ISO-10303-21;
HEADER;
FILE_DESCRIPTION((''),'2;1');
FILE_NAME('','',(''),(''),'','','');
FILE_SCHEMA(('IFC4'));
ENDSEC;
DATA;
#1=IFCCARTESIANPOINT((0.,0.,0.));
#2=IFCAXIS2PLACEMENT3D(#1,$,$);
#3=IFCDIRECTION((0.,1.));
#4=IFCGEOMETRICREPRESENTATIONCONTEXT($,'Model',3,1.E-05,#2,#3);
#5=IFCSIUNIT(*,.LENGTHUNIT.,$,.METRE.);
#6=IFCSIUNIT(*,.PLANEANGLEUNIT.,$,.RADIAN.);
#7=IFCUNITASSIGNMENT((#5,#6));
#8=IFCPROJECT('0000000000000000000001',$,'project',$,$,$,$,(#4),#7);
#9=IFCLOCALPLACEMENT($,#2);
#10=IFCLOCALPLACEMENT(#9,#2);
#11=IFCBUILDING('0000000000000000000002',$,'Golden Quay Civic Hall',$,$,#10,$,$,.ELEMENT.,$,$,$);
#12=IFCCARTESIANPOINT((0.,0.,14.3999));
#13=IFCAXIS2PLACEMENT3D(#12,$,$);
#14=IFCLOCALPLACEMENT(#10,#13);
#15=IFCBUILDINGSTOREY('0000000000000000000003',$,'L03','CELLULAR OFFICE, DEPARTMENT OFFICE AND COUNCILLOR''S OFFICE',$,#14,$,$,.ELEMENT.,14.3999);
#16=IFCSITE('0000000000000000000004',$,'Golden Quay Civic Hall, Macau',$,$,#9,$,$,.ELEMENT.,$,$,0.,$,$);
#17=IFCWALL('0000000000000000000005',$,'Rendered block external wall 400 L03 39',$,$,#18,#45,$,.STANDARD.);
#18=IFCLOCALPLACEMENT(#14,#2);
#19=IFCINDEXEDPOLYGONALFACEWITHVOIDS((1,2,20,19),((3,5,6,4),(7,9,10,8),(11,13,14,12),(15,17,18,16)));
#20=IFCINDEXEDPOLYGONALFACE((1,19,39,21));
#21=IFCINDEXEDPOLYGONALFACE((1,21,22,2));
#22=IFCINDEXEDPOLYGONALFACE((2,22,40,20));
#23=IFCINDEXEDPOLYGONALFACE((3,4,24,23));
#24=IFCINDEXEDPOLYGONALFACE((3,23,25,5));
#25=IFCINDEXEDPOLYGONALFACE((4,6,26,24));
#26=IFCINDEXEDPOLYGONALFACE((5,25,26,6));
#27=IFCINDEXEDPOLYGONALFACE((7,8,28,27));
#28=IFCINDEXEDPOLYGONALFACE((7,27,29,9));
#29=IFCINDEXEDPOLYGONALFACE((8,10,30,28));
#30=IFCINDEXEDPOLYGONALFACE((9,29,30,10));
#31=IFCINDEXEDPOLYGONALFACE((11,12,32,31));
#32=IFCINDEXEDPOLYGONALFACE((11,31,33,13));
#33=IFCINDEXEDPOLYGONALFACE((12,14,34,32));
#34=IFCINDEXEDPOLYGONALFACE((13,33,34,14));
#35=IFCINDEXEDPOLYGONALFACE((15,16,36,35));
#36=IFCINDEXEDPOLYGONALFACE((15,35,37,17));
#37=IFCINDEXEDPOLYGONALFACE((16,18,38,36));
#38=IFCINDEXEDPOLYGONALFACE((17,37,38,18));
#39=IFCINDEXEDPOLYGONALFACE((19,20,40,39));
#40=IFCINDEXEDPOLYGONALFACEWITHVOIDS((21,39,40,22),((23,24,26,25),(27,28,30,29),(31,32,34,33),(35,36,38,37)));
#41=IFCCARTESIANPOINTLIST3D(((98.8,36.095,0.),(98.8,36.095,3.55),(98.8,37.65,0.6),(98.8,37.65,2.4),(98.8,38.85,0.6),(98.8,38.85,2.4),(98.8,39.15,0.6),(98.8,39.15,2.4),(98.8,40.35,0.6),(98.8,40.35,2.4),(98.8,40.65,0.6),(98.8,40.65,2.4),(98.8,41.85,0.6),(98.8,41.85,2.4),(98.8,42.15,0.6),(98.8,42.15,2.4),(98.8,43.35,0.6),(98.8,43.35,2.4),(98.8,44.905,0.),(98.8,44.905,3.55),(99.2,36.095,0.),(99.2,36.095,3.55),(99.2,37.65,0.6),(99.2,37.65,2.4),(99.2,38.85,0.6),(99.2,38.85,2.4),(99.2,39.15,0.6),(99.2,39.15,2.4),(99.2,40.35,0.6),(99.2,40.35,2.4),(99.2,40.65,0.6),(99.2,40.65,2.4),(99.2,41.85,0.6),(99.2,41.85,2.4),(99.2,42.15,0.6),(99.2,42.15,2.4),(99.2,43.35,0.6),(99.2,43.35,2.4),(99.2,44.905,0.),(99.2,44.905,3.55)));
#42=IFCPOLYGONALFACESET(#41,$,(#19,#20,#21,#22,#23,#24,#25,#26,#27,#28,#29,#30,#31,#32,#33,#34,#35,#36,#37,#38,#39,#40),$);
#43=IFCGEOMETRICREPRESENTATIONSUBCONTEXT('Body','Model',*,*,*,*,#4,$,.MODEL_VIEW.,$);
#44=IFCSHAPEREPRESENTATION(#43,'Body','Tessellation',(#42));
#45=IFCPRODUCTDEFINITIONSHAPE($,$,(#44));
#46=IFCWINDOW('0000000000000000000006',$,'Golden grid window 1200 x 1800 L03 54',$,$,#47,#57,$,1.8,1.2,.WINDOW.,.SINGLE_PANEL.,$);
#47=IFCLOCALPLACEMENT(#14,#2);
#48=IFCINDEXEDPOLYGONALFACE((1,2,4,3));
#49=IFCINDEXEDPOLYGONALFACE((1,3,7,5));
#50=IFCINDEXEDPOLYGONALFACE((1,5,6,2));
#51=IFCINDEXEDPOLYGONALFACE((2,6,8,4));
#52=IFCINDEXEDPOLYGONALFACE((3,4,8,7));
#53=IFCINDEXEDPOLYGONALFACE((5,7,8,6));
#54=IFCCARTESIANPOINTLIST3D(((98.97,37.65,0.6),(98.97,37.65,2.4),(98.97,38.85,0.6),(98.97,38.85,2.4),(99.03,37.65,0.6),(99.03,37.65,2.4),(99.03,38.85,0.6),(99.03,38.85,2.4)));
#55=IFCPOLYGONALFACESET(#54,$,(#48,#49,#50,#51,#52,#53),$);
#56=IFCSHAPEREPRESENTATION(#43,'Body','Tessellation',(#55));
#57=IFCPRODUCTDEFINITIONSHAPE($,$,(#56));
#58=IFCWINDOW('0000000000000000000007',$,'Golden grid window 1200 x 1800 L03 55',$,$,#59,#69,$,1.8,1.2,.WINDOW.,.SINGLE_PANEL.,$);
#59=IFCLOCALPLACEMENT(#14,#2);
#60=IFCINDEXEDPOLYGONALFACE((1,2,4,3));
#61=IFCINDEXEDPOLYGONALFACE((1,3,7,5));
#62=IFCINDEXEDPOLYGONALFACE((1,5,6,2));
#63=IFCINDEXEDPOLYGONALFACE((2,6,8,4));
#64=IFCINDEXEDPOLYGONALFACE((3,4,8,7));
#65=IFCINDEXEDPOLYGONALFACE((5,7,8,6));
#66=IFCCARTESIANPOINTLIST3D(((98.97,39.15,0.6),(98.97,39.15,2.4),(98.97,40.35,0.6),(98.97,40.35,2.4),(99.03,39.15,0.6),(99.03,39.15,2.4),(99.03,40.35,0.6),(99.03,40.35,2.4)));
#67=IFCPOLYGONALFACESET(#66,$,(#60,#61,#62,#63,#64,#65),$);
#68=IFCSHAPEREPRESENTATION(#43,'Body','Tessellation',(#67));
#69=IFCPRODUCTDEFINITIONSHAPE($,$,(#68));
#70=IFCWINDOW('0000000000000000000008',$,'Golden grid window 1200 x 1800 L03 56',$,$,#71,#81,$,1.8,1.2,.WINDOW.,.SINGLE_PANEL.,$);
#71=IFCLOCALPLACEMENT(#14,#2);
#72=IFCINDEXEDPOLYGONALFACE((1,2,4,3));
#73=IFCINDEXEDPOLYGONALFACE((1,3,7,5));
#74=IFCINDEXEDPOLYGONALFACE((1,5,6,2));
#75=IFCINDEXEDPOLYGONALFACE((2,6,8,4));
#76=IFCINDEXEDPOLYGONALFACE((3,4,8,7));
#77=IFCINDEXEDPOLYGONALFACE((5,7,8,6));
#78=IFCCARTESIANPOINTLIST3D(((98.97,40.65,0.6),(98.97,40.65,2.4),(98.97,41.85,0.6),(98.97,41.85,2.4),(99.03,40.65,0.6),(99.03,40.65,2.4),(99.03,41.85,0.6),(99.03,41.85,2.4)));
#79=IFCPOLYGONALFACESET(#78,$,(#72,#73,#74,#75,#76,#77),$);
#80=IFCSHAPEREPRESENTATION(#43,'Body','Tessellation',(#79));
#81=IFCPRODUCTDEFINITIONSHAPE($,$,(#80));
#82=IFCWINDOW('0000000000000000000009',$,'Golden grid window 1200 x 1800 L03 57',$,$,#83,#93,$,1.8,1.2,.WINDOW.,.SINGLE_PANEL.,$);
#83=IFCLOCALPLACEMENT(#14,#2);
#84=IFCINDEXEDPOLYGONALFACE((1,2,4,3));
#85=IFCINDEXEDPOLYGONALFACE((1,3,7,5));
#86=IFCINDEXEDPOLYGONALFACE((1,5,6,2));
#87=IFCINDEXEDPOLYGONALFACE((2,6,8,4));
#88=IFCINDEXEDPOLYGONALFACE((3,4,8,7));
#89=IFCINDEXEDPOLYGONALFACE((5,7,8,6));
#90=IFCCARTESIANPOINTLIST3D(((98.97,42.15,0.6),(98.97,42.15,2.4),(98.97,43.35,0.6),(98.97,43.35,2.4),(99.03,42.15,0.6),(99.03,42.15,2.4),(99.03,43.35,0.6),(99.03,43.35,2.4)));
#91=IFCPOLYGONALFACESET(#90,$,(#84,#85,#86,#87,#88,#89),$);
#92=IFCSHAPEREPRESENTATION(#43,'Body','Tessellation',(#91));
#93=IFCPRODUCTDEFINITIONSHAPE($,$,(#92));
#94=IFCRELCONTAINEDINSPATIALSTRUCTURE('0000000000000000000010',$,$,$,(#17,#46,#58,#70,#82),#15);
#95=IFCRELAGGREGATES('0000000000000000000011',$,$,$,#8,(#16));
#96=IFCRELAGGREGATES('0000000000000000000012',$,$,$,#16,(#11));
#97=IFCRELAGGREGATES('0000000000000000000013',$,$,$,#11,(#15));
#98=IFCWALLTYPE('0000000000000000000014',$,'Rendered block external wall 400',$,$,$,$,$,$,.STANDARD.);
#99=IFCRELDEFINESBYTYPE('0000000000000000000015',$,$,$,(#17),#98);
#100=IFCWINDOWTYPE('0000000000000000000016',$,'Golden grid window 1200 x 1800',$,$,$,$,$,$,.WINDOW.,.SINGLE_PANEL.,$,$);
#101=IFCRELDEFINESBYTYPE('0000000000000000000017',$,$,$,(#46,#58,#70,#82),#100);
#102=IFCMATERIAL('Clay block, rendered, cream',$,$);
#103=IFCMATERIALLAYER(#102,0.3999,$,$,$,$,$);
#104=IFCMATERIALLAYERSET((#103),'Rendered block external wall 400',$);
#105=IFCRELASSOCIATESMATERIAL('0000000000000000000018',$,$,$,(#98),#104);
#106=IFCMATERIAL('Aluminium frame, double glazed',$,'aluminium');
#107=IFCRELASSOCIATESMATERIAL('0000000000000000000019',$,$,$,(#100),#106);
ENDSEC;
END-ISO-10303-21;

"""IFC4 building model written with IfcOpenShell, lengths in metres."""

from ifc_helpers import new_model, si_unit, direction, frame, frame_2d, origin, place, context, subcontext, project, spatial, rectangle, extrude, material, layer, layer_set, type_object, element, fill, save


model = new_model("IFC4")

# Units and contexts
model_context = context("Model", 3, precision=1e-05, world=origin(), true_north=direction((0.0, 1.0)))
body_context = subcontext(model_context, "Body", "Model", "MODEL_VIEW")
ifc_project = project(units=[si_unit("LENGTHUNIT", "METRE"), si_unit("PLANEANGLEUNIT", "RADIAN")], contexts=[model_context])

# Site, building, storey
site_placement = place(None, origin())
site = spatial("IfcSite", under=ifc_project, at=site_placement, Name="Golden Quay Civic Hall, Macau", CompositionType="ELEMENT", RefElevation=0.0)
building_placement = place(site_placement, origin())
building = spatial("IfcBuilding", under=site, at=building_placement, Name="Golden Quay Civic Hall", CompositionType="ELEMENT")
storey_placement = place(building_placement, frame((0.0, 0.0, 14.3999)))
storey = spatial("IfcBuildingStorey", under=building, at=storey_placement, Name="L03", Description="CELLULAR OFFICE, DEPARTMENT OFFICE AND COUNCILLOR'S OFFICE", CompositionType="ELEMENT", Elevation=14.3999)

# Wall, openings, windows
ifc_material_1 = material(Name="Clay block, rendered, cream")
ifc_layer_1 = layer(ifc_material_1, 0.3999)
ifc_layer_set_1 = layer_set([ifc_layer_1], Name="Rendered block external wall 400")
wall_type = type_object("IfcWallType", Name="Rendered block external wall 400", PredefinedType="STANDARD", material=ifc_layer_set_1)
ifc_material_2 = material(Name="Aluminium frame, double glazed", Category="aluminium")
window_type = type_object("IfcWindowType", Name="Golden grid window 1200 x 1800", PartitioningType="SINGLE_PANEL", PredefinedType="WINDOW", material=ifc_material_2)
wall_1_placement = place(storey_placement, frame((99.0, 36.095, 0.0), z_axis=(0.0, 0.0, 1.0), x_axis=(0.0, 1.0, 0.0)))
wall_1 = element("IfcWall", 1, at=wall_1_placement, inside=storey, type_object=wall_type, Name="Rendered block external wall 400 L03 39", PredefinedType="STANDARD", context=body_context, shape_type="SweptSolid", body=[
    extrude(rectangle(XDim=8.8101, YDim=0.3999, at=frame_2d((4.405, 0.0))), origin(), (0.0, 0.0, 1.0), 3.55),
])
opening_1_placement = place(wall_1_placement, frame((1.5549, 0.0, 0.6001)))
opening_1 = element("IfcOpeningElement", 2, at=opening_1_placement, cuts=wall_1, PredefinedType="OPENING", context=body_context, shape_type="SweptSolid", body=[
    extrude(rectangle(XDim=1.2, YDim=1.8, at=frame_2d((0.6001, 0.8999))), frame((0.0, 0.21, 0.0), z_axis=(0.0, -1.0, 0.0), x_axis=(1.0, 0.0, 0.0)), (0.0, 0.0, 1.0), 0.4199),
])
opening_2_placement = place(wall_1_placement, frame((3.0549, 0.0, 0.6001)))
opening_2 = element("IfcOpeningElement", 3, at=opening_2_placement, cuts=wall_1, PredefinedType="OPENING", context=body_context, shape_type="SweptSolid", body=[
    extrude(rectangle(XDim=1.2, YDim=1.8, at=frame_2d((0.6001, 0.8999))), frame((0.0, 0.21, 0.0), z_axis=(0.0, -1.0, 0.0), x_axis=(1.0, 0.0, 0.0)), (0.0, 0.0, 1.0), 0.4199),
])
opening_3_placement = place(wall_1_placement, frame((4.5549, 0.0, 0.6001)))
opening_3 = element("IfcOpeningElement", 4, at=opening_3_placement, cuts=wall_1, PredefinedType="OPENING", context=body_context, shape_type="SweptSolid", body=[
    extrude(rectangle(XDim=1.2, YDim=1.8, at=frame_2d((0.6001, 0.8999))), frame((0.0, 0.21, 0.0), z_axis=(0.0, -1.0, 0.0), x_axis=(1.0, 0.0, 0.0)), (0.0, 0.0, 1.0), 0.4199),
])
opening_4_placement = place(wall_1_placement, frame((6.0549, 0.0, 0.6001)))
opening_4 = element("IfcOpeningElement", 5, at=opening_4_placement, cuts=wall_1, PredefinedType="OPENING", context=body_context, shape_type="SweptSolid", body=[
    extrude(rectangle(XDim=1.2, YDim=1.8, at=frame_2d((0.6001, 0.8999))), frame((0.0, 0.21, 0.0), z_axis=(0.0, -1.0, 0.0), x_axis=(1.0, 0.0, 0.0)), (0.0, 0.0, 1.0), 0.4199),
])
window_1_placement = place(opening_1_placement, origin())
window_1 = element("IfcWindow", 6, at=window_1_placement, inside=storey, type_object=window_type, Name="Golden grid window 1200 x 1800 L03 54", OverallHeight=1.8, OverallWidth=1.2, PartitioningType="SINGLE_PANEL", PredefinedType="WINDOW", context=body_context, shape_type="SweptSolid", body=[
    extrude(rectangle(XDim=1.2, YDim=1.8, at=frame_2d((0.6001, 0.8999))), frame((0.0, 0.03, 0.0), z_axis=(0.0, -1.0, 0.0), x_axis=(1.0, 0.0, 0.0)), (0.0, 0.0, 1.0), 0.0601),
])
fill(opening_1, window_1)
window_2_placement = place(opening_2_placement, origin())
window_2 = element("IfcWindow", 7, at=window_2_placement, inside=storey, type_object=window_type, Name="Golden grid window 1200 x 1800 L03 55", OverallHeight=1.8, OverallWidth=1.2, PartitioningType="SINGLE_PANEL", PredefinedType="WINDOW", context=body_context, shape_type="SweptSolid", body=[
    extrude(rectangle(XDim=1.2, YDim=1.8, at=frame_2d((0.6001, 0.8999))), frame((0.0, 0.03, 0.0), z_axis=(0.0, -1.0, 0.0), x_axis=(1.0, 0.0, 0.0)), (0.0, 0.0, 1.0), 0.0601),
])
fill(opening_2, window_2)
window_3_placement = place(opening_3_placement, origin())
window_3 = element("IfcWindow", 8, at=window_3_placement, inside=storey, type_object=window_type, Name="Golden grid window 1200 x 1800 L03 56", OverallHeight=1.8, OverallWidth=1.2, PartitioningType="SINGLE_PANEL", PredefinedType="WINDOW", context=body_context, shape_type="SweptSolid", body=[
    extrude(rectangle(XDim=1.2, YDim=1.8, at=frame_2d((0.6001, 0.8999))), frame((0.0, 0.03, 0.0), z_axis=(0.0, -1.0, 0.0), x_axis=(1.0, 0.0, 0.0)), (0.0, 0.0, 1.0), 0.0601),
])
fill(opening_3, window_3)
window_4_placement = place(opening_4_placement, origin())
window_4 = element("IfcWindow", 9, at=window_4_placement, inside=storey, type_object=window_type, Name="Golden grid window 1200 x 1800 L03 57", OverallHeight=1.8, OverallWidth=1.2, PartitioningType="SINGLE_PANEL", PredefinedType="WINDOW", context=body_context, shape_type="SweptSolid", body=[
    extrude(rectangle(XDim=1.2, YDim=1.8, at=frame_2d((0.6001, 0.8999))), frame((0.0, 0.03, 0.0), z_axis=(0.0, -1.0, 0.0), x_axis=(1.0, 0.0, 0.0)), (0.0, 0.0, 1.0), 0.0601),
])
fill(opening_4, window_4)

save(model, "model.ifc")
